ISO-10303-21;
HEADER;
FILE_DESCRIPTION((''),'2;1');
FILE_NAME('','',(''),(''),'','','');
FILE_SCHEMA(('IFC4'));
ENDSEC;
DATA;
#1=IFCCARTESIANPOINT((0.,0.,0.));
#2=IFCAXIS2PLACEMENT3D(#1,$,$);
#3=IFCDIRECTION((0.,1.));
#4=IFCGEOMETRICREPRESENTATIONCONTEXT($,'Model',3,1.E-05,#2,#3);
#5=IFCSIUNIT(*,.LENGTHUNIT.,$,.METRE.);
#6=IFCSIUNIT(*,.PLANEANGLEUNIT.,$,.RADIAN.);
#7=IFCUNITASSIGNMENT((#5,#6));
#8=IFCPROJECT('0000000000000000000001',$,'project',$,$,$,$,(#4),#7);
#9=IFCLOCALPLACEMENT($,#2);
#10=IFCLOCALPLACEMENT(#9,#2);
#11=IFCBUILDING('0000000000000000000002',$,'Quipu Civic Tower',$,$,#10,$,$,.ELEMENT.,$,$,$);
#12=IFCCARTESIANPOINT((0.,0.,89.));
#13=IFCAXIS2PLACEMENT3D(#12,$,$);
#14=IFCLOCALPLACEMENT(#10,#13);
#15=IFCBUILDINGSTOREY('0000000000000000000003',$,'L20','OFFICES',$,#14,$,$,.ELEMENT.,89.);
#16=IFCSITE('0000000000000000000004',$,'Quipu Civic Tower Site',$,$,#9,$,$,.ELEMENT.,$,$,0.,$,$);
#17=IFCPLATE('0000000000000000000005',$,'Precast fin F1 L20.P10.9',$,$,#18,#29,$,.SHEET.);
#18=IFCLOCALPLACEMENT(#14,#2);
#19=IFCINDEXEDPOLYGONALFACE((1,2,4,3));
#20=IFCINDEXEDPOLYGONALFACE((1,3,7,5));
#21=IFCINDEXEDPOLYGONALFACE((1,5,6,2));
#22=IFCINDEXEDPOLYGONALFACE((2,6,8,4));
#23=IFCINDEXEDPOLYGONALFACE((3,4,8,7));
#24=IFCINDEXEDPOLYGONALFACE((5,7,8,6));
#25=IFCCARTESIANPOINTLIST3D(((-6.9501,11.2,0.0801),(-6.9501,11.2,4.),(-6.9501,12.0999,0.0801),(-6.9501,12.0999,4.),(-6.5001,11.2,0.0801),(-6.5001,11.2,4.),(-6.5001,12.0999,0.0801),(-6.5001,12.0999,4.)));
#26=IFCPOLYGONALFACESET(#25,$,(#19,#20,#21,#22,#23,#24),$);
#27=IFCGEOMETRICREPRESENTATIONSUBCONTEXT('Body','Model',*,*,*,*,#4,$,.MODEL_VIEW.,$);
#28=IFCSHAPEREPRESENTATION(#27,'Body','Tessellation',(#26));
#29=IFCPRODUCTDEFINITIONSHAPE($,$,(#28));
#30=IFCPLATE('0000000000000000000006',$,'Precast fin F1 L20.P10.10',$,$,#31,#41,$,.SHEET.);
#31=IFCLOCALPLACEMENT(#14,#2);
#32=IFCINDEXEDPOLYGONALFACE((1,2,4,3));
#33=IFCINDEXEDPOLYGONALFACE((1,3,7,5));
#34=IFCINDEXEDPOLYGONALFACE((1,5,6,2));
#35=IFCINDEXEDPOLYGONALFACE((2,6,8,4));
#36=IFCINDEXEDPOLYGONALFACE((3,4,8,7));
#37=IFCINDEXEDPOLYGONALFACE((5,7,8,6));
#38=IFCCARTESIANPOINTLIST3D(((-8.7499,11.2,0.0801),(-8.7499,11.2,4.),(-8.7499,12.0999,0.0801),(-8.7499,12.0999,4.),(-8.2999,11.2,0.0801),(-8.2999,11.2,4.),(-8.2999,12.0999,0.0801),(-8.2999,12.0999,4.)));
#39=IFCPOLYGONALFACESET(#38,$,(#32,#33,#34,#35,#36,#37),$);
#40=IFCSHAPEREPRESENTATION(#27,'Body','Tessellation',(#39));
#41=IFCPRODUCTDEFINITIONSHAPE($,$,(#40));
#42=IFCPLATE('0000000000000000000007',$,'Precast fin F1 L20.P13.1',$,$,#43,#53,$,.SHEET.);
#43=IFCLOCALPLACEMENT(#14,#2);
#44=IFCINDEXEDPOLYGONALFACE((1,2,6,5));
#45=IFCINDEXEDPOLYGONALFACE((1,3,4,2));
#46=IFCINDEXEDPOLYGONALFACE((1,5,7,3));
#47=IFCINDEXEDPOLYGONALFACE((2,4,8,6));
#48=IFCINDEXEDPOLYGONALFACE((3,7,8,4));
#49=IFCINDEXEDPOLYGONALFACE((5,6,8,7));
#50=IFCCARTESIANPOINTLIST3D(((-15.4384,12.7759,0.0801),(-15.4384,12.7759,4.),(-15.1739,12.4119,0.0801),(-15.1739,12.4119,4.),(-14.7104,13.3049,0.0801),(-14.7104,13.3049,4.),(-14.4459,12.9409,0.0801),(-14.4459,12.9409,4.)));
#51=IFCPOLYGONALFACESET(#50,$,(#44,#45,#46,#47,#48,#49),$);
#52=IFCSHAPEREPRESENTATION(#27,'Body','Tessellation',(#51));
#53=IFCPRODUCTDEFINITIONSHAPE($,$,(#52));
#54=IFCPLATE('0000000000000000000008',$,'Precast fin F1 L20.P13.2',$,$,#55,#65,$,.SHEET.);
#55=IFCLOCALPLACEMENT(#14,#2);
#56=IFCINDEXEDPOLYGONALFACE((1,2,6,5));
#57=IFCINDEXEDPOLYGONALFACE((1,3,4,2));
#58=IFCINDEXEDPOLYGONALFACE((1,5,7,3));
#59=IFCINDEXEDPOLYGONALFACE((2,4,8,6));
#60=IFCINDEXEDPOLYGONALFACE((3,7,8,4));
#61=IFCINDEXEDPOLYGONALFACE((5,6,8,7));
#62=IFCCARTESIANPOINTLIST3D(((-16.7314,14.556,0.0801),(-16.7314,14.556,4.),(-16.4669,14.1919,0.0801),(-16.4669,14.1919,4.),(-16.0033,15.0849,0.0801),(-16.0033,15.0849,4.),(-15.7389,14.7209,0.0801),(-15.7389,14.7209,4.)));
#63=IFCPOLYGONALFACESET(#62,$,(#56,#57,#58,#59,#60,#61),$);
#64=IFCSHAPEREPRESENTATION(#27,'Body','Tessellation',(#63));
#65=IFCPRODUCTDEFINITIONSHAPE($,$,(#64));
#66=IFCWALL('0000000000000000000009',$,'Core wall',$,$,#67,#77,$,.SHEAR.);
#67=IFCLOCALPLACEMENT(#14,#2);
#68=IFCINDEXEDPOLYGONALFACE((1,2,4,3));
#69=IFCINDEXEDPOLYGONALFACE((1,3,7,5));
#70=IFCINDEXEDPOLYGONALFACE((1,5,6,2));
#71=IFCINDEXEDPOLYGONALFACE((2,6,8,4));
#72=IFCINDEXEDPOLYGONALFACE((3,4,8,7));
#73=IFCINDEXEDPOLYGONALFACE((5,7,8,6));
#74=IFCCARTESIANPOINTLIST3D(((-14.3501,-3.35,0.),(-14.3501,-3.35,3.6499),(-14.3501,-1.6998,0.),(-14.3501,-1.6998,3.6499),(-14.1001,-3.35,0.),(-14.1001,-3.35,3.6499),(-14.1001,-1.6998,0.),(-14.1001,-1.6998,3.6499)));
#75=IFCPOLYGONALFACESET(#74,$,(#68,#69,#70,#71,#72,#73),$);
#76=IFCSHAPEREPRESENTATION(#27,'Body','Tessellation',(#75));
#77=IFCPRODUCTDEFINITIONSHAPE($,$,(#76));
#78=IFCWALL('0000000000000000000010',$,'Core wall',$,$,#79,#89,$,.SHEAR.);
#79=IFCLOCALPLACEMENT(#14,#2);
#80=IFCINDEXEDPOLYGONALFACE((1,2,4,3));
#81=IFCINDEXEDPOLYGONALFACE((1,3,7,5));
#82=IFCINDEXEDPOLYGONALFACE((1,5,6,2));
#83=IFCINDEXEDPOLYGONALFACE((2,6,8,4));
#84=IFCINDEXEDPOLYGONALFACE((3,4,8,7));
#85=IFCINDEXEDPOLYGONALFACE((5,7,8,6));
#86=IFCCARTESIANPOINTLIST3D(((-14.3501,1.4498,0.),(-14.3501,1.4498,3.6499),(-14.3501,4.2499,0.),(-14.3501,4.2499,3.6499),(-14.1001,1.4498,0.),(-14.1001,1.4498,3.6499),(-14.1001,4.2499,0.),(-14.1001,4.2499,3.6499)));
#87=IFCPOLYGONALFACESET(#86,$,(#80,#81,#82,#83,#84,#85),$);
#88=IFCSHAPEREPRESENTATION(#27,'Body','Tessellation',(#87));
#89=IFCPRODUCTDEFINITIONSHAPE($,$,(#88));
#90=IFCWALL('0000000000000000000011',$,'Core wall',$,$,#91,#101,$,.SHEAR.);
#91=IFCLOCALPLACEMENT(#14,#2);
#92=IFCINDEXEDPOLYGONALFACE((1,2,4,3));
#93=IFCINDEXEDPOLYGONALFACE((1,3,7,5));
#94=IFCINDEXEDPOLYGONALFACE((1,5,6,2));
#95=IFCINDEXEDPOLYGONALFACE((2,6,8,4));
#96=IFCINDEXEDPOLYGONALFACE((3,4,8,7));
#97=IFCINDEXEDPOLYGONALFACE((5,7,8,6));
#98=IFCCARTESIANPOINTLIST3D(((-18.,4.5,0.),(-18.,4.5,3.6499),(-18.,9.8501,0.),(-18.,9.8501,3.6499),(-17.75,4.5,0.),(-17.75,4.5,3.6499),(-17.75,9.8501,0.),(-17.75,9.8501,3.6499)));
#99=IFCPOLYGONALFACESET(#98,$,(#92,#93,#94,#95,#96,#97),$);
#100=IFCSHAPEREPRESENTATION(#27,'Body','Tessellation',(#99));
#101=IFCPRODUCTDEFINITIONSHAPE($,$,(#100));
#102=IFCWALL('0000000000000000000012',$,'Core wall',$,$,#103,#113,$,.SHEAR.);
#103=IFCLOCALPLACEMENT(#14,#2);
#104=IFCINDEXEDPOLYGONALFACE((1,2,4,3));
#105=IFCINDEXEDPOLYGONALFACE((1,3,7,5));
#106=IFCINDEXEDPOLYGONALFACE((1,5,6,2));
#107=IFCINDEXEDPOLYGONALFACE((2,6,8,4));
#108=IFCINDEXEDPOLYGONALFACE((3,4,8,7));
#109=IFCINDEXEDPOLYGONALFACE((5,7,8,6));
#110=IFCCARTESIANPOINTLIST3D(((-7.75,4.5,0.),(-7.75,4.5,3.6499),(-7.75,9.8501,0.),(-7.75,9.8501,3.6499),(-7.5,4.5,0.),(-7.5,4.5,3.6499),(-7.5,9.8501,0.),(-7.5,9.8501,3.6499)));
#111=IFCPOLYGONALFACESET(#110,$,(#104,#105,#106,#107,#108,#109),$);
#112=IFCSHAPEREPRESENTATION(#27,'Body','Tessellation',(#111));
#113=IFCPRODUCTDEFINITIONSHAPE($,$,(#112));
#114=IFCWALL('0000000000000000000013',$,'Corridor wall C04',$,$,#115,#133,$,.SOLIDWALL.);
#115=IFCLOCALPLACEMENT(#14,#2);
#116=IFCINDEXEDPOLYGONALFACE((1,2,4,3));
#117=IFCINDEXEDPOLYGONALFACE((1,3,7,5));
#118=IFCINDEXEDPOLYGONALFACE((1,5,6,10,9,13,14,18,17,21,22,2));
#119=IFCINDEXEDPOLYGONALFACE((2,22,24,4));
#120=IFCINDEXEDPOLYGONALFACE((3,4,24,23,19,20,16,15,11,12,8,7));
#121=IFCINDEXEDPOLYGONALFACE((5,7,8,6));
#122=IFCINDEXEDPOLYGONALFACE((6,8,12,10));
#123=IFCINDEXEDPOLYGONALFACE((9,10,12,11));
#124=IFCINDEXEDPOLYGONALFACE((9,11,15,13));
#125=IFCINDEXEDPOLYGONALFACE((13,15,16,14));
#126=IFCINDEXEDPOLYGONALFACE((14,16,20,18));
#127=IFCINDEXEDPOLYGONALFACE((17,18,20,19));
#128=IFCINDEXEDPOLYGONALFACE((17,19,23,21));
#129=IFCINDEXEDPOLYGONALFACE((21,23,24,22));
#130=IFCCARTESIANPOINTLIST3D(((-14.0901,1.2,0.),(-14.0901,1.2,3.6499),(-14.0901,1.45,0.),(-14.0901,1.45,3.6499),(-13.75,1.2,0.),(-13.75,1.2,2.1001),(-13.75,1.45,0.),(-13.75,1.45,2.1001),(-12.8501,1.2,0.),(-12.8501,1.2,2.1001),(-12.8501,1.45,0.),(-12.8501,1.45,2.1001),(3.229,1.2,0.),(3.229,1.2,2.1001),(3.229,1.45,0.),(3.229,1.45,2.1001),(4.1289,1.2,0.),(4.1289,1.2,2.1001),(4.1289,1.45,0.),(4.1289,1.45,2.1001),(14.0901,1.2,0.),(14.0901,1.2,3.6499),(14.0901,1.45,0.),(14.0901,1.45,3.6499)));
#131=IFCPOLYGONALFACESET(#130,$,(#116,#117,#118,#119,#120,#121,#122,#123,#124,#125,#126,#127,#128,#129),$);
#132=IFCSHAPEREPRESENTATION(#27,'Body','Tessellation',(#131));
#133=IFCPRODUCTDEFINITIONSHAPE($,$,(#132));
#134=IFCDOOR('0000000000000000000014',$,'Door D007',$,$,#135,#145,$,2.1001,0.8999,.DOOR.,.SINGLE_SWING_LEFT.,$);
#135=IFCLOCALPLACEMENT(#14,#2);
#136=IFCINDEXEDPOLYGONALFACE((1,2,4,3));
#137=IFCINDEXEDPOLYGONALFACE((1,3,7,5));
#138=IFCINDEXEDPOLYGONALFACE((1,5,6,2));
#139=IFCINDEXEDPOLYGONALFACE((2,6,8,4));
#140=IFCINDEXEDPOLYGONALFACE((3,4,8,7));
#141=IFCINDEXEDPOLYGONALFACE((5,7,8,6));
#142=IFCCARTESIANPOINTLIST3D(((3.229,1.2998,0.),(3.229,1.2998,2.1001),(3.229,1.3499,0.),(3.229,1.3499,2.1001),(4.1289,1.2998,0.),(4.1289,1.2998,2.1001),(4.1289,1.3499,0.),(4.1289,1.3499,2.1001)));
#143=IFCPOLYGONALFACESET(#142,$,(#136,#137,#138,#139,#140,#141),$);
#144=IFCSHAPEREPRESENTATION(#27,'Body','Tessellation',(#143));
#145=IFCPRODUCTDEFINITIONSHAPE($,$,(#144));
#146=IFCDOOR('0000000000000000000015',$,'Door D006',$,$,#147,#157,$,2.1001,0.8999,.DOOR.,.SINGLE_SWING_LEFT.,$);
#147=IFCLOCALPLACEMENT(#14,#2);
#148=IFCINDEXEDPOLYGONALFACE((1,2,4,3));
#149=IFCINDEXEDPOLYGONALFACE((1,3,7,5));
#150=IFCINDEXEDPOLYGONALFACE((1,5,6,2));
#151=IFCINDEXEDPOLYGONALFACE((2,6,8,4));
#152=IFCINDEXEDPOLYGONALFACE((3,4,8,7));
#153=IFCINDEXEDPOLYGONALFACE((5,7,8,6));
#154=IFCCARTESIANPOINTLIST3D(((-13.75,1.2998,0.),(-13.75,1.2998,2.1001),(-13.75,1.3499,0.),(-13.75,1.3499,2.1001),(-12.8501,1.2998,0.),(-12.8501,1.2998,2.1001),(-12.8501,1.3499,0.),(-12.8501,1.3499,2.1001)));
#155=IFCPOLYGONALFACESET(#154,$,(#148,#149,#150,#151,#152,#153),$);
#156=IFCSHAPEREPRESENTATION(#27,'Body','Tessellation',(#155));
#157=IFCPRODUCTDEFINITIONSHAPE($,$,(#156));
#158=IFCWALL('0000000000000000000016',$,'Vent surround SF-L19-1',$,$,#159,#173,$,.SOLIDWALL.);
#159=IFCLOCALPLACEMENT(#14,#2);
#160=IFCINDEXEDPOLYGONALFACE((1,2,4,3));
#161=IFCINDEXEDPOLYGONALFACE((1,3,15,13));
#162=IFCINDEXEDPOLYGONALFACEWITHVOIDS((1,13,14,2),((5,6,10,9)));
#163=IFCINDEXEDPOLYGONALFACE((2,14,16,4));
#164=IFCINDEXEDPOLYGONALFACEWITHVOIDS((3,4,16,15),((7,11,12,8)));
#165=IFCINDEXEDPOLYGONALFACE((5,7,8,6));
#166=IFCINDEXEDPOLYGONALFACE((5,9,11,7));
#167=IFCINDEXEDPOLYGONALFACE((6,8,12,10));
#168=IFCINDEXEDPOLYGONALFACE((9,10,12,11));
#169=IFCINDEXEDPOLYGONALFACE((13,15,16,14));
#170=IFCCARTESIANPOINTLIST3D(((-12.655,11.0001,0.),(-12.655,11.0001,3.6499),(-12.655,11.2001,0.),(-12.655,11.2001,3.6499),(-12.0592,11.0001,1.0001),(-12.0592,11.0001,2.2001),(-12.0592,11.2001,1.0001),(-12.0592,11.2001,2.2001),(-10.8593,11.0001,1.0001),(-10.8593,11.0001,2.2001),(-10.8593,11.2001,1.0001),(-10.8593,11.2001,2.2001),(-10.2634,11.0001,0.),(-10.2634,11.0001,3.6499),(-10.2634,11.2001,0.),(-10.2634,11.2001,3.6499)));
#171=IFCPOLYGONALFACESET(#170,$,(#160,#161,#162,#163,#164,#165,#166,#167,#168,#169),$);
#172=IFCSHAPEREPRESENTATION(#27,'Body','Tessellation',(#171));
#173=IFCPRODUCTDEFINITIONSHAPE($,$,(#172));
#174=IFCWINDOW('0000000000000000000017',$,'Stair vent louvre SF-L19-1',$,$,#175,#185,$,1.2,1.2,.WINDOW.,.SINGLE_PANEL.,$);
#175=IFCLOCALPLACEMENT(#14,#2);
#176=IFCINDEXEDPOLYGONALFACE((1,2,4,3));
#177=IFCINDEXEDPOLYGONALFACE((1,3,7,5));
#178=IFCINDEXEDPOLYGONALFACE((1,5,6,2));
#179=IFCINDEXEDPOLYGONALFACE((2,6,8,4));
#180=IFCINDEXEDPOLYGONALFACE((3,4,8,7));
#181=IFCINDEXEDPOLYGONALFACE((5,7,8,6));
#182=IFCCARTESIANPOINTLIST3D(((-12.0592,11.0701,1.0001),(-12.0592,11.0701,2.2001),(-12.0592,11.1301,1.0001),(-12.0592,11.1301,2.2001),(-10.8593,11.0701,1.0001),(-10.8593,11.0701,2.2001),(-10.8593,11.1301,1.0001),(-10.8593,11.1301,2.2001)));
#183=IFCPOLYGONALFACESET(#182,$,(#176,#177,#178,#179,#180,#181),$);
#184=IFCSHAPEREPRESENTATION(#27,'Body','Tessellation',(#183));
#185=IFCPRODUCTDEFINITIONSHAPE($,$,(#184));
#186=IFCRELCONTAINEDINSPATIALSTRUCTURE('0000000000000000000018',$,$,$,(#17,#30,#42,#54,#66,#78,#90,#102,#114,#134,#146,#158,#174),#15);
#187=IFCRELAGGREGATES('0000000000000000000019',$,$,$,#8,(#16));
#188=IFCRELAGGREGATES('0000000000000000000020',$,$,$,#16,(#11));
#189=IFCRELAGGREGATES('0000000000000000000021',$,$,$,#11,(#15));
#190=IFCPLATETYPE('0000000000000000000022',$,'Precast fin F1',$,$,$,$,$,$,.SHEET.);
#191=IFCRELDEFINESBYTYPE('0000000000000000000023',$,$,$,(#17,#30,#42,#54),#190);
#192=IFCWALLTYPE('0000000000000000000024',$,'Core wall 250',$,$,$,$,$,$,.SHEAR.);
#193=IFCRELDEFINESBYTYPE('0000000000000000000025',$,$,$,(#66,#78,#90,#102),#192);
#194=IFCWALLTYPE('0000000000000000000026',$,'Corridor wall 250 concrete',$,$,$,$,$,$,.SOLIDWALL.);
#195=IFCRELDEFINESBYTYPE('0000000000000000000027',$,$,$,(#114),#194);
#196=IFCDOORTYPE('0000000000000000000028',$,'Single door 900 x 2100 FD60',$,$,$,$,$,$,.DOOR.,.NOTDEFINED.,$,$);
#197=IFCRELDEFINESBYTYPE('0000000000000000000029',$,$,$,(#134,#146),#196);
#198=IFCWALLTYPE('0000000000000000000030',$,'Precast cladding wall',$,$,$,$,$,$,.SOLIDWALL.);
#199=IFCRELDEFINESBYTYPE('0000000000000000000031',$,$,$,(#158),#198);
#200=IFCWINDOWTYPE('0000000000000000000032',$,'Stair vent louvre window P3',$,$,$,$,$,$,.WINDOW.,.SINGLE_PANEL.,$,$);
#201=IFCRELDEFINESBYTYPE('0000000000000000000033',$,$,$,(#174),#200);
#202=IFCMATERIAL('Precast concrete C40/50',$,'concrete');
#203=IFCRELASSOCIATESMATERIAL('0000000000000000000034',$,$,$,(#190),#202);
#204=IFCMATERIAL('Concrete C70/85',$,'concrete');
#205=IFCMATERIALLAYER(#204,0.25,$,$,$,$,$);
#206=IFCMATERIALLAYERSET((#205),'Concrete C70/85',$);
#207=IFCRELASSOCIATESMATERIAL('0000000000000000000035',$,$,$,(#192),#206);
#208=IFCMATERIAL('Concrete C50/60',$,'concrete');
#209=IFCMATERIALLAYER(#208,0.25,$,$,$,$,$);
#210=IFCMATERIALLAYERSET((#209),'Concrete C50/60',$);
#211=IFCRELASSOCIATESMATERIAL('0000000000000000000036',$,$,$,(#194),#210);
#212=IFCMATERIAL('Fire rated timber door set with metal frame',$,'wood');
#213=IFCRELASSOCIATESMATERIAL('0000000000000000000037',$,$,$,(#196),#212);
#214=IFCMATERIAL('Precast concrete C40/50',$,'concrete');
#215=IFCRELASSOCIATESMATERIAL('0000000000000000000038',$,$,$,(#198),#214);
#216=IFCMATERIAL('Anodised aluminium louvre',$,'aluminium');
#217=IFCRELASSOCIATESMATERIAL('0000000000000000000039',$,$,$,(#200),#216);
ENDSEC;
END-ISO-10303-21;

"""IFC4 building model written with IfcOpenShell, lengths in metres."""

from ifc_helpers import new_model, si_unit, direction, frame, frame_2d, origin, origin_2d, place, context, subcontext, project, spatial, rectangle, extrude, material, layer, layer_set, type_object, element, fill, save


model = new_model("IFC4")

# Units and contexts
model_context = context("Model", 3, precision=1e-05, world=origin(), true_north=direction((0.0, 1.0)))
body_context = subcontext(model_context, "Body", "Model", "MODEL_VIEW")
ifc_project = project(units=[si_unit("LENGTHUNIT", "METRE"), si_unit("PLANEANGLEUNIT", "RADIAN")], contexts=[model_context])

# Site, building, storey
site_placement = place(None, origin())
site = spatial("IfcSite", under=ifc_project, at=site_placement, Name="Quipu Civic Tower Site", CompositionType="ELEMENT", RefElevation=0.0)
building_placement = place(site_placement, origin())
building = spatial("IfcBuilding", under=site, at=building_placement, Name="Quipu Civic Tower", CompositionType="ELEMENT")
storey_placement = place(building_placement, frame((0.0, 0.0, 89.0)))
storey = spatial("IfcBuildingStorey", under=building, at=storey_placement, Name="L20", Description="OFFICES", CompositionType="ELEMENT", Elevation=89.0)

# Plates
ifc_material_1 = material(Name="Precast concrete C40/50", Category="concrete")
plate_type_1 = type_object("IfcPlateType", Name="Precast fin F1", PredefinedType="SHEET", material=ifc_material_1)
for number, where, z_axis, x_axis, name in (
    (1, (-6.7251, 11.6499, 0.0801), (0.0, 0.0, 1.0), (-1.0, 0.0, 0.0), "Precast fin F1 L20.P10.9"),
    (2, (-8.5249, 11.6499, 0.0801), (0.0, 0.0, 1.0), (-1.0, 0.0, 0.0), "Precast fin F1 L20.P10.10"),
    (3, (-14.9421, 12.8584, 0.0801), (0.0, 0.0, 1.0), (-0.587785, 0.809017, 0.0), "Precast fin F1 L20.P13.1"),
    (4, (-16.2351, 14.6384, 0.0801), (0.0, 0.0, 1.0), (-0.587785, 0.809017, 0.0), "Precast fin F1 L20.P13.2"),
):
    element("IfcPlate", number, at=place(storey_placement, frame(where, z_axis=z_axis, x_axis=x_axis)), inside=storey, type_object=plate_type_1, Name=name, PredefinedType="SHEET", context=body_context, shape_type="SweptSolid", body=[
        extrude(rectangle(XDim=0.45, YDim=0.8999, at=origin_2d()), origin(), (0.0, 0.0, 1.0), 3.9199),
    ])

# Walls
ifc_material_2 = material(Name="Concrete C70/85", Category="concrete")
ifc_layer_1 = layer(ifc_material_2, 0.25)
ifc_layer_set_1 = layer_set([ifc_layer_1], Name="Concrete C70/85")
wall_type_1 = type_object("IfcWallType", Name="Core wall 250", PredefinedType="SHEAR", material=ifc_layer_set_1)
wall_1_placement = place(storey_placement, frame((-14.2251, -3.3501, 0.0), z_axis=(0.0, 0.0, 1.0), x_axis=(0.0, 1.0, 0.0)))
element("IfcWall", 5, at=wall_1_placement, inside=storey, type_object=wall_type_1, Name="Core wall", PredefinedType="SHEAR", context=body_context, shape_type="SweptSolid", body=[
    extrude(rectangle(XDim=1.6501, YDim=0.25, at=frame_2d((0.8252, 0.0))), origin(), (0.0, 0.0, 1.0), 3.6499),
])
wall_2_placement = place(storey_placement, frame((-14.2251, 1.45, 0.0), z_axis=(0.0, 0.0, 1.0), x_axis=(0.0, 1.0, 0.0)))
element("IfcWall", 6, at=wall_2_placement, inside=storey, type_object=wall_type_1, Name="Core wall", PredefinedType="SHEAR", context=body_context, shape_type="SweptSolid", body=[
    extrude(rectangle(XDim=2.8, YDim=0.25, at=frame_2d((1.3999, 0.0))), origin(), (0.0, 0.0, 1.0), 3.6499),
])
for number, where, z_axis, x_axis, name in (
    (7, (-17.875, 4.5, 0.0), (0.0, 0.0, 1.0), (0.0, 1.0, 0.0), "Core wall"),
    (8, (-7.625, 4.5, 0.0), (0.0, 0.0, 1.0), (0.0, 1.0, 0.0), "Core wall"),
):
    element("IfcWall", number, at=place(storey_placement, frame(where, z_axis=z_axis, x_axis=x_axis)), inside=storey, type_object=wall_type_1, Name=name, PredefinedType="SHEAR", context=body_context, shape_type="SweptSolid", body=[
        extrude(rectangle(XDim=5.3501, YDim=0.25, at=frame_2d((2.675, 0.0))), origin(), (0.0, 0.0, 1.0), 3.6499),
    ])

# Wall, openings, doors
ifc_material_3 = material(Name="Concrete C50/60", Category="concrete")
ifc_layer_2 = layer(ifc_material_3, 0.25)
ifc_layer_set_2 = layer_set([ifc_layer_2], Name="Concrete C50/60")
wall_type_2 = type_object("IfcWallType", Name="Corridor wall 250 concrete", PredefinedType="SOLIDWALL", material=ifc_layer_set_2)
wall_3_placement = place(storey_placement, frame((-14.0901, 1.325, 0.0), z_axis=(0.0, 0.0, 1.0), x_axis=(1.0, 0.0, 0.0)))
wall_3 = element("IfcWall", 9, at=wall_3_placement, inside=storey, type_object=wall_type_2, Name="Corridor wall C04", PredefinedType="SOLIDWALL", context=body_context, shape_type="SweptSolid", body=[
    extrude(rectangle(XDim=28.1802, YDim=0.25, at=frame_2d((14.0901, 0.0))), origin(), (0.0, 0.0, 1.0), 3.6499),
])
opening_1_placement = place(wall_3_placement, frame((17.3191, 0.0, 0.0)))
opening_1 = element("IfcOpeningElement", 10, at=opening_1_placement, cuts=wall_3, PredefinedType="OPENING", context=body_context, shape_type="SweptSolid", body=[
    extrude(rectangle(XDim=0.8999, YDim=2.1001, at=frame_2d((0.45, 1.05))), frame((0.0, 0.135, 0.0), z_axis=(0.0, -1.0, 0.0), x_axis=(1.0, 0.0, 0.0)), (0.0, 0.0, 1.0), 0.27),
])
opening_2_placement = place(wall_3_placement, frame((0.3401, 0.0, 0.0)))
opening_2 = element("IfcOpeningElement", 11, at=opening_2_placement, cuts=wall_3, PredefinedType="OPENING", context=body_context, shape_type="SweptSolid", body=[
    extrude(rectangle(XDim=0.8999, YDim=2.1001, at=frame_2d((0.45, 1.05))), frame((0.0, 0.135, 0.0), z_axis=(0.0, -1.0, 0.0), x_axis=(1.0, 0.0, 0.0)), (0.0, 0.0, 1.0), 0.27),
])
ifc_material_4 = material(Name="Fire rated timber door set with metal frame", Category="wood")
door_type = type_object("IfcDoorType", Name="Single door 900 x 2100 FD60", OperationType="NOTDEFINED", PredefinedType="DOOR", material=ifc_material_4)
door_1_placement = place(opening_1_placement, origin())
door_1 = element("IfcDoor", 12, at=door_1_placement, inside=storey, type_object=door_type, Name="Door D007", OperationType="SINGLE_SWING_LEFT", OverallHeight=2.1001, OverallWidth=0.8999, PredefinedType="DOOR", context=body_context, shape_type="SweptSolid", body=[
    extrude(rectangle(XDim=0.8999, YDim=2.1001, at=frame_2d((0.45, 1.05))), frame((0.0, 0.0249, 0.0), z_axis=(0.0, -1.0, 0.0), x_axis=(1.0, 0.0, 0.0)), (0.0, 0.0, 1.0), 0.05),
])
fill(opening_1, door_1)
door_2_placement = place(opening_2_placement, origin())
door_2 = element("IfcDoor", 13, at=door_2_placement, inside=storey, type_object=door_type, Name="Door D006", OperationType="SINGLE_SWING_LEFT", OverallHeight=2.1001, OverallWidth=0.8999, PredefinedType="DOOR", context=body_context, shape_type="SweptSolid", body=[
    extrude(rectangle(XDim=0.8999, YDim=2.1001, at=frame_2d((0.45, 1.05))), frame((0.0, 0.0249, 0.0), z_axis=(0.0, -1.0, 0.0), x_axis=(1.0, 0.0, 0.0)), (0.0, 0.0, 1.0), 0.05),
])
fill(opening_2, door_2)

# Wall, opening, window
ifc_material_5 = material(Name="Precast concrete C40/50", Category="concrete")
wall_type_3 = type_object("IfcWallType", Name="Precast cladding wall", PredefinedType="SOLIDWALL", material=ifc_material_5)
wall_4_placement = place(storey_placement, frame((-10.2634, 11.1001, 0.0), z_axis=(0.0, 0.0, 1.0), x_axis=(-1.0, 0.0, 0.0)))
wall_4 = element("IfcWall", 14, at=wall_4_placement, inside=storey, type_object=wall_type_3, Name="Vent surround SF-L19-1", PredefinedType="SOLIDWALL", context=body_context, shape_type="SweptSolid", body=[
    extrude(rectangle(XDim=2.3916, YDim=0.2, at=frame_2d((1.1958, 0.0))), origin(), (0.0, 0.0, 1.0), 3.6499),
])
opening_3_placement = place(wall_4_placement, frame((0.5957, 0.0, 1.0)))
opening_3 = element("IfcOpeningElement", 15, at=opening_3_placement, cuts=wall_4, PredefinedType="OPENING", context=body_context, shape_type="SweptSolid", body=[
    extrude(rectangle(XDim=1.2, YDim=1.2, at=frame_2d((0.6001, 0.6001))), frame((0.0, 0.1099, 0.0), z_axis=(0.0, -1.0, 0.0), x_axis=(1.0, 0.0, 0.0)), (0.0, 0.0, 1.0), 0.22),
])
ifc_material_6 = material(Name="Anodised aluminium louvre", Category="aluminium")
window_type = type_object("IfcWindowType", Name="Stair vent louvre window P3", PartitioningType="SINGLE_PANEL", PredefinedType="WINDOW", material=ifc_material_6)
window_placement = place(opening_3_placement, origin())
window = element("IfcWindow", 16, at=window_placement, inside=storey, type_object=window_type, Name="Stair vent louvre SF-L19-1", OverallHeight=1.2, OverallWidth=1.2, PartitioningType="SINGLE_PANEL", PredefinedType="WINDOW", context=body_context, shape_type="SweptSolid", body=[
    extrude(rectangle(XDim=1.2, YDim=1.2, at=frame_2d((0.6001, 0.6001))), frame((0.0, 0.03, 0.0), z_axis=(0.0, -1.0, 0.0), x_axis=(1.0, 0.0, 0.0)), (0.0, 0.0, 1.0), 0.0601),
])
fill(opening_3, window)

save(model, "model.ifc")
